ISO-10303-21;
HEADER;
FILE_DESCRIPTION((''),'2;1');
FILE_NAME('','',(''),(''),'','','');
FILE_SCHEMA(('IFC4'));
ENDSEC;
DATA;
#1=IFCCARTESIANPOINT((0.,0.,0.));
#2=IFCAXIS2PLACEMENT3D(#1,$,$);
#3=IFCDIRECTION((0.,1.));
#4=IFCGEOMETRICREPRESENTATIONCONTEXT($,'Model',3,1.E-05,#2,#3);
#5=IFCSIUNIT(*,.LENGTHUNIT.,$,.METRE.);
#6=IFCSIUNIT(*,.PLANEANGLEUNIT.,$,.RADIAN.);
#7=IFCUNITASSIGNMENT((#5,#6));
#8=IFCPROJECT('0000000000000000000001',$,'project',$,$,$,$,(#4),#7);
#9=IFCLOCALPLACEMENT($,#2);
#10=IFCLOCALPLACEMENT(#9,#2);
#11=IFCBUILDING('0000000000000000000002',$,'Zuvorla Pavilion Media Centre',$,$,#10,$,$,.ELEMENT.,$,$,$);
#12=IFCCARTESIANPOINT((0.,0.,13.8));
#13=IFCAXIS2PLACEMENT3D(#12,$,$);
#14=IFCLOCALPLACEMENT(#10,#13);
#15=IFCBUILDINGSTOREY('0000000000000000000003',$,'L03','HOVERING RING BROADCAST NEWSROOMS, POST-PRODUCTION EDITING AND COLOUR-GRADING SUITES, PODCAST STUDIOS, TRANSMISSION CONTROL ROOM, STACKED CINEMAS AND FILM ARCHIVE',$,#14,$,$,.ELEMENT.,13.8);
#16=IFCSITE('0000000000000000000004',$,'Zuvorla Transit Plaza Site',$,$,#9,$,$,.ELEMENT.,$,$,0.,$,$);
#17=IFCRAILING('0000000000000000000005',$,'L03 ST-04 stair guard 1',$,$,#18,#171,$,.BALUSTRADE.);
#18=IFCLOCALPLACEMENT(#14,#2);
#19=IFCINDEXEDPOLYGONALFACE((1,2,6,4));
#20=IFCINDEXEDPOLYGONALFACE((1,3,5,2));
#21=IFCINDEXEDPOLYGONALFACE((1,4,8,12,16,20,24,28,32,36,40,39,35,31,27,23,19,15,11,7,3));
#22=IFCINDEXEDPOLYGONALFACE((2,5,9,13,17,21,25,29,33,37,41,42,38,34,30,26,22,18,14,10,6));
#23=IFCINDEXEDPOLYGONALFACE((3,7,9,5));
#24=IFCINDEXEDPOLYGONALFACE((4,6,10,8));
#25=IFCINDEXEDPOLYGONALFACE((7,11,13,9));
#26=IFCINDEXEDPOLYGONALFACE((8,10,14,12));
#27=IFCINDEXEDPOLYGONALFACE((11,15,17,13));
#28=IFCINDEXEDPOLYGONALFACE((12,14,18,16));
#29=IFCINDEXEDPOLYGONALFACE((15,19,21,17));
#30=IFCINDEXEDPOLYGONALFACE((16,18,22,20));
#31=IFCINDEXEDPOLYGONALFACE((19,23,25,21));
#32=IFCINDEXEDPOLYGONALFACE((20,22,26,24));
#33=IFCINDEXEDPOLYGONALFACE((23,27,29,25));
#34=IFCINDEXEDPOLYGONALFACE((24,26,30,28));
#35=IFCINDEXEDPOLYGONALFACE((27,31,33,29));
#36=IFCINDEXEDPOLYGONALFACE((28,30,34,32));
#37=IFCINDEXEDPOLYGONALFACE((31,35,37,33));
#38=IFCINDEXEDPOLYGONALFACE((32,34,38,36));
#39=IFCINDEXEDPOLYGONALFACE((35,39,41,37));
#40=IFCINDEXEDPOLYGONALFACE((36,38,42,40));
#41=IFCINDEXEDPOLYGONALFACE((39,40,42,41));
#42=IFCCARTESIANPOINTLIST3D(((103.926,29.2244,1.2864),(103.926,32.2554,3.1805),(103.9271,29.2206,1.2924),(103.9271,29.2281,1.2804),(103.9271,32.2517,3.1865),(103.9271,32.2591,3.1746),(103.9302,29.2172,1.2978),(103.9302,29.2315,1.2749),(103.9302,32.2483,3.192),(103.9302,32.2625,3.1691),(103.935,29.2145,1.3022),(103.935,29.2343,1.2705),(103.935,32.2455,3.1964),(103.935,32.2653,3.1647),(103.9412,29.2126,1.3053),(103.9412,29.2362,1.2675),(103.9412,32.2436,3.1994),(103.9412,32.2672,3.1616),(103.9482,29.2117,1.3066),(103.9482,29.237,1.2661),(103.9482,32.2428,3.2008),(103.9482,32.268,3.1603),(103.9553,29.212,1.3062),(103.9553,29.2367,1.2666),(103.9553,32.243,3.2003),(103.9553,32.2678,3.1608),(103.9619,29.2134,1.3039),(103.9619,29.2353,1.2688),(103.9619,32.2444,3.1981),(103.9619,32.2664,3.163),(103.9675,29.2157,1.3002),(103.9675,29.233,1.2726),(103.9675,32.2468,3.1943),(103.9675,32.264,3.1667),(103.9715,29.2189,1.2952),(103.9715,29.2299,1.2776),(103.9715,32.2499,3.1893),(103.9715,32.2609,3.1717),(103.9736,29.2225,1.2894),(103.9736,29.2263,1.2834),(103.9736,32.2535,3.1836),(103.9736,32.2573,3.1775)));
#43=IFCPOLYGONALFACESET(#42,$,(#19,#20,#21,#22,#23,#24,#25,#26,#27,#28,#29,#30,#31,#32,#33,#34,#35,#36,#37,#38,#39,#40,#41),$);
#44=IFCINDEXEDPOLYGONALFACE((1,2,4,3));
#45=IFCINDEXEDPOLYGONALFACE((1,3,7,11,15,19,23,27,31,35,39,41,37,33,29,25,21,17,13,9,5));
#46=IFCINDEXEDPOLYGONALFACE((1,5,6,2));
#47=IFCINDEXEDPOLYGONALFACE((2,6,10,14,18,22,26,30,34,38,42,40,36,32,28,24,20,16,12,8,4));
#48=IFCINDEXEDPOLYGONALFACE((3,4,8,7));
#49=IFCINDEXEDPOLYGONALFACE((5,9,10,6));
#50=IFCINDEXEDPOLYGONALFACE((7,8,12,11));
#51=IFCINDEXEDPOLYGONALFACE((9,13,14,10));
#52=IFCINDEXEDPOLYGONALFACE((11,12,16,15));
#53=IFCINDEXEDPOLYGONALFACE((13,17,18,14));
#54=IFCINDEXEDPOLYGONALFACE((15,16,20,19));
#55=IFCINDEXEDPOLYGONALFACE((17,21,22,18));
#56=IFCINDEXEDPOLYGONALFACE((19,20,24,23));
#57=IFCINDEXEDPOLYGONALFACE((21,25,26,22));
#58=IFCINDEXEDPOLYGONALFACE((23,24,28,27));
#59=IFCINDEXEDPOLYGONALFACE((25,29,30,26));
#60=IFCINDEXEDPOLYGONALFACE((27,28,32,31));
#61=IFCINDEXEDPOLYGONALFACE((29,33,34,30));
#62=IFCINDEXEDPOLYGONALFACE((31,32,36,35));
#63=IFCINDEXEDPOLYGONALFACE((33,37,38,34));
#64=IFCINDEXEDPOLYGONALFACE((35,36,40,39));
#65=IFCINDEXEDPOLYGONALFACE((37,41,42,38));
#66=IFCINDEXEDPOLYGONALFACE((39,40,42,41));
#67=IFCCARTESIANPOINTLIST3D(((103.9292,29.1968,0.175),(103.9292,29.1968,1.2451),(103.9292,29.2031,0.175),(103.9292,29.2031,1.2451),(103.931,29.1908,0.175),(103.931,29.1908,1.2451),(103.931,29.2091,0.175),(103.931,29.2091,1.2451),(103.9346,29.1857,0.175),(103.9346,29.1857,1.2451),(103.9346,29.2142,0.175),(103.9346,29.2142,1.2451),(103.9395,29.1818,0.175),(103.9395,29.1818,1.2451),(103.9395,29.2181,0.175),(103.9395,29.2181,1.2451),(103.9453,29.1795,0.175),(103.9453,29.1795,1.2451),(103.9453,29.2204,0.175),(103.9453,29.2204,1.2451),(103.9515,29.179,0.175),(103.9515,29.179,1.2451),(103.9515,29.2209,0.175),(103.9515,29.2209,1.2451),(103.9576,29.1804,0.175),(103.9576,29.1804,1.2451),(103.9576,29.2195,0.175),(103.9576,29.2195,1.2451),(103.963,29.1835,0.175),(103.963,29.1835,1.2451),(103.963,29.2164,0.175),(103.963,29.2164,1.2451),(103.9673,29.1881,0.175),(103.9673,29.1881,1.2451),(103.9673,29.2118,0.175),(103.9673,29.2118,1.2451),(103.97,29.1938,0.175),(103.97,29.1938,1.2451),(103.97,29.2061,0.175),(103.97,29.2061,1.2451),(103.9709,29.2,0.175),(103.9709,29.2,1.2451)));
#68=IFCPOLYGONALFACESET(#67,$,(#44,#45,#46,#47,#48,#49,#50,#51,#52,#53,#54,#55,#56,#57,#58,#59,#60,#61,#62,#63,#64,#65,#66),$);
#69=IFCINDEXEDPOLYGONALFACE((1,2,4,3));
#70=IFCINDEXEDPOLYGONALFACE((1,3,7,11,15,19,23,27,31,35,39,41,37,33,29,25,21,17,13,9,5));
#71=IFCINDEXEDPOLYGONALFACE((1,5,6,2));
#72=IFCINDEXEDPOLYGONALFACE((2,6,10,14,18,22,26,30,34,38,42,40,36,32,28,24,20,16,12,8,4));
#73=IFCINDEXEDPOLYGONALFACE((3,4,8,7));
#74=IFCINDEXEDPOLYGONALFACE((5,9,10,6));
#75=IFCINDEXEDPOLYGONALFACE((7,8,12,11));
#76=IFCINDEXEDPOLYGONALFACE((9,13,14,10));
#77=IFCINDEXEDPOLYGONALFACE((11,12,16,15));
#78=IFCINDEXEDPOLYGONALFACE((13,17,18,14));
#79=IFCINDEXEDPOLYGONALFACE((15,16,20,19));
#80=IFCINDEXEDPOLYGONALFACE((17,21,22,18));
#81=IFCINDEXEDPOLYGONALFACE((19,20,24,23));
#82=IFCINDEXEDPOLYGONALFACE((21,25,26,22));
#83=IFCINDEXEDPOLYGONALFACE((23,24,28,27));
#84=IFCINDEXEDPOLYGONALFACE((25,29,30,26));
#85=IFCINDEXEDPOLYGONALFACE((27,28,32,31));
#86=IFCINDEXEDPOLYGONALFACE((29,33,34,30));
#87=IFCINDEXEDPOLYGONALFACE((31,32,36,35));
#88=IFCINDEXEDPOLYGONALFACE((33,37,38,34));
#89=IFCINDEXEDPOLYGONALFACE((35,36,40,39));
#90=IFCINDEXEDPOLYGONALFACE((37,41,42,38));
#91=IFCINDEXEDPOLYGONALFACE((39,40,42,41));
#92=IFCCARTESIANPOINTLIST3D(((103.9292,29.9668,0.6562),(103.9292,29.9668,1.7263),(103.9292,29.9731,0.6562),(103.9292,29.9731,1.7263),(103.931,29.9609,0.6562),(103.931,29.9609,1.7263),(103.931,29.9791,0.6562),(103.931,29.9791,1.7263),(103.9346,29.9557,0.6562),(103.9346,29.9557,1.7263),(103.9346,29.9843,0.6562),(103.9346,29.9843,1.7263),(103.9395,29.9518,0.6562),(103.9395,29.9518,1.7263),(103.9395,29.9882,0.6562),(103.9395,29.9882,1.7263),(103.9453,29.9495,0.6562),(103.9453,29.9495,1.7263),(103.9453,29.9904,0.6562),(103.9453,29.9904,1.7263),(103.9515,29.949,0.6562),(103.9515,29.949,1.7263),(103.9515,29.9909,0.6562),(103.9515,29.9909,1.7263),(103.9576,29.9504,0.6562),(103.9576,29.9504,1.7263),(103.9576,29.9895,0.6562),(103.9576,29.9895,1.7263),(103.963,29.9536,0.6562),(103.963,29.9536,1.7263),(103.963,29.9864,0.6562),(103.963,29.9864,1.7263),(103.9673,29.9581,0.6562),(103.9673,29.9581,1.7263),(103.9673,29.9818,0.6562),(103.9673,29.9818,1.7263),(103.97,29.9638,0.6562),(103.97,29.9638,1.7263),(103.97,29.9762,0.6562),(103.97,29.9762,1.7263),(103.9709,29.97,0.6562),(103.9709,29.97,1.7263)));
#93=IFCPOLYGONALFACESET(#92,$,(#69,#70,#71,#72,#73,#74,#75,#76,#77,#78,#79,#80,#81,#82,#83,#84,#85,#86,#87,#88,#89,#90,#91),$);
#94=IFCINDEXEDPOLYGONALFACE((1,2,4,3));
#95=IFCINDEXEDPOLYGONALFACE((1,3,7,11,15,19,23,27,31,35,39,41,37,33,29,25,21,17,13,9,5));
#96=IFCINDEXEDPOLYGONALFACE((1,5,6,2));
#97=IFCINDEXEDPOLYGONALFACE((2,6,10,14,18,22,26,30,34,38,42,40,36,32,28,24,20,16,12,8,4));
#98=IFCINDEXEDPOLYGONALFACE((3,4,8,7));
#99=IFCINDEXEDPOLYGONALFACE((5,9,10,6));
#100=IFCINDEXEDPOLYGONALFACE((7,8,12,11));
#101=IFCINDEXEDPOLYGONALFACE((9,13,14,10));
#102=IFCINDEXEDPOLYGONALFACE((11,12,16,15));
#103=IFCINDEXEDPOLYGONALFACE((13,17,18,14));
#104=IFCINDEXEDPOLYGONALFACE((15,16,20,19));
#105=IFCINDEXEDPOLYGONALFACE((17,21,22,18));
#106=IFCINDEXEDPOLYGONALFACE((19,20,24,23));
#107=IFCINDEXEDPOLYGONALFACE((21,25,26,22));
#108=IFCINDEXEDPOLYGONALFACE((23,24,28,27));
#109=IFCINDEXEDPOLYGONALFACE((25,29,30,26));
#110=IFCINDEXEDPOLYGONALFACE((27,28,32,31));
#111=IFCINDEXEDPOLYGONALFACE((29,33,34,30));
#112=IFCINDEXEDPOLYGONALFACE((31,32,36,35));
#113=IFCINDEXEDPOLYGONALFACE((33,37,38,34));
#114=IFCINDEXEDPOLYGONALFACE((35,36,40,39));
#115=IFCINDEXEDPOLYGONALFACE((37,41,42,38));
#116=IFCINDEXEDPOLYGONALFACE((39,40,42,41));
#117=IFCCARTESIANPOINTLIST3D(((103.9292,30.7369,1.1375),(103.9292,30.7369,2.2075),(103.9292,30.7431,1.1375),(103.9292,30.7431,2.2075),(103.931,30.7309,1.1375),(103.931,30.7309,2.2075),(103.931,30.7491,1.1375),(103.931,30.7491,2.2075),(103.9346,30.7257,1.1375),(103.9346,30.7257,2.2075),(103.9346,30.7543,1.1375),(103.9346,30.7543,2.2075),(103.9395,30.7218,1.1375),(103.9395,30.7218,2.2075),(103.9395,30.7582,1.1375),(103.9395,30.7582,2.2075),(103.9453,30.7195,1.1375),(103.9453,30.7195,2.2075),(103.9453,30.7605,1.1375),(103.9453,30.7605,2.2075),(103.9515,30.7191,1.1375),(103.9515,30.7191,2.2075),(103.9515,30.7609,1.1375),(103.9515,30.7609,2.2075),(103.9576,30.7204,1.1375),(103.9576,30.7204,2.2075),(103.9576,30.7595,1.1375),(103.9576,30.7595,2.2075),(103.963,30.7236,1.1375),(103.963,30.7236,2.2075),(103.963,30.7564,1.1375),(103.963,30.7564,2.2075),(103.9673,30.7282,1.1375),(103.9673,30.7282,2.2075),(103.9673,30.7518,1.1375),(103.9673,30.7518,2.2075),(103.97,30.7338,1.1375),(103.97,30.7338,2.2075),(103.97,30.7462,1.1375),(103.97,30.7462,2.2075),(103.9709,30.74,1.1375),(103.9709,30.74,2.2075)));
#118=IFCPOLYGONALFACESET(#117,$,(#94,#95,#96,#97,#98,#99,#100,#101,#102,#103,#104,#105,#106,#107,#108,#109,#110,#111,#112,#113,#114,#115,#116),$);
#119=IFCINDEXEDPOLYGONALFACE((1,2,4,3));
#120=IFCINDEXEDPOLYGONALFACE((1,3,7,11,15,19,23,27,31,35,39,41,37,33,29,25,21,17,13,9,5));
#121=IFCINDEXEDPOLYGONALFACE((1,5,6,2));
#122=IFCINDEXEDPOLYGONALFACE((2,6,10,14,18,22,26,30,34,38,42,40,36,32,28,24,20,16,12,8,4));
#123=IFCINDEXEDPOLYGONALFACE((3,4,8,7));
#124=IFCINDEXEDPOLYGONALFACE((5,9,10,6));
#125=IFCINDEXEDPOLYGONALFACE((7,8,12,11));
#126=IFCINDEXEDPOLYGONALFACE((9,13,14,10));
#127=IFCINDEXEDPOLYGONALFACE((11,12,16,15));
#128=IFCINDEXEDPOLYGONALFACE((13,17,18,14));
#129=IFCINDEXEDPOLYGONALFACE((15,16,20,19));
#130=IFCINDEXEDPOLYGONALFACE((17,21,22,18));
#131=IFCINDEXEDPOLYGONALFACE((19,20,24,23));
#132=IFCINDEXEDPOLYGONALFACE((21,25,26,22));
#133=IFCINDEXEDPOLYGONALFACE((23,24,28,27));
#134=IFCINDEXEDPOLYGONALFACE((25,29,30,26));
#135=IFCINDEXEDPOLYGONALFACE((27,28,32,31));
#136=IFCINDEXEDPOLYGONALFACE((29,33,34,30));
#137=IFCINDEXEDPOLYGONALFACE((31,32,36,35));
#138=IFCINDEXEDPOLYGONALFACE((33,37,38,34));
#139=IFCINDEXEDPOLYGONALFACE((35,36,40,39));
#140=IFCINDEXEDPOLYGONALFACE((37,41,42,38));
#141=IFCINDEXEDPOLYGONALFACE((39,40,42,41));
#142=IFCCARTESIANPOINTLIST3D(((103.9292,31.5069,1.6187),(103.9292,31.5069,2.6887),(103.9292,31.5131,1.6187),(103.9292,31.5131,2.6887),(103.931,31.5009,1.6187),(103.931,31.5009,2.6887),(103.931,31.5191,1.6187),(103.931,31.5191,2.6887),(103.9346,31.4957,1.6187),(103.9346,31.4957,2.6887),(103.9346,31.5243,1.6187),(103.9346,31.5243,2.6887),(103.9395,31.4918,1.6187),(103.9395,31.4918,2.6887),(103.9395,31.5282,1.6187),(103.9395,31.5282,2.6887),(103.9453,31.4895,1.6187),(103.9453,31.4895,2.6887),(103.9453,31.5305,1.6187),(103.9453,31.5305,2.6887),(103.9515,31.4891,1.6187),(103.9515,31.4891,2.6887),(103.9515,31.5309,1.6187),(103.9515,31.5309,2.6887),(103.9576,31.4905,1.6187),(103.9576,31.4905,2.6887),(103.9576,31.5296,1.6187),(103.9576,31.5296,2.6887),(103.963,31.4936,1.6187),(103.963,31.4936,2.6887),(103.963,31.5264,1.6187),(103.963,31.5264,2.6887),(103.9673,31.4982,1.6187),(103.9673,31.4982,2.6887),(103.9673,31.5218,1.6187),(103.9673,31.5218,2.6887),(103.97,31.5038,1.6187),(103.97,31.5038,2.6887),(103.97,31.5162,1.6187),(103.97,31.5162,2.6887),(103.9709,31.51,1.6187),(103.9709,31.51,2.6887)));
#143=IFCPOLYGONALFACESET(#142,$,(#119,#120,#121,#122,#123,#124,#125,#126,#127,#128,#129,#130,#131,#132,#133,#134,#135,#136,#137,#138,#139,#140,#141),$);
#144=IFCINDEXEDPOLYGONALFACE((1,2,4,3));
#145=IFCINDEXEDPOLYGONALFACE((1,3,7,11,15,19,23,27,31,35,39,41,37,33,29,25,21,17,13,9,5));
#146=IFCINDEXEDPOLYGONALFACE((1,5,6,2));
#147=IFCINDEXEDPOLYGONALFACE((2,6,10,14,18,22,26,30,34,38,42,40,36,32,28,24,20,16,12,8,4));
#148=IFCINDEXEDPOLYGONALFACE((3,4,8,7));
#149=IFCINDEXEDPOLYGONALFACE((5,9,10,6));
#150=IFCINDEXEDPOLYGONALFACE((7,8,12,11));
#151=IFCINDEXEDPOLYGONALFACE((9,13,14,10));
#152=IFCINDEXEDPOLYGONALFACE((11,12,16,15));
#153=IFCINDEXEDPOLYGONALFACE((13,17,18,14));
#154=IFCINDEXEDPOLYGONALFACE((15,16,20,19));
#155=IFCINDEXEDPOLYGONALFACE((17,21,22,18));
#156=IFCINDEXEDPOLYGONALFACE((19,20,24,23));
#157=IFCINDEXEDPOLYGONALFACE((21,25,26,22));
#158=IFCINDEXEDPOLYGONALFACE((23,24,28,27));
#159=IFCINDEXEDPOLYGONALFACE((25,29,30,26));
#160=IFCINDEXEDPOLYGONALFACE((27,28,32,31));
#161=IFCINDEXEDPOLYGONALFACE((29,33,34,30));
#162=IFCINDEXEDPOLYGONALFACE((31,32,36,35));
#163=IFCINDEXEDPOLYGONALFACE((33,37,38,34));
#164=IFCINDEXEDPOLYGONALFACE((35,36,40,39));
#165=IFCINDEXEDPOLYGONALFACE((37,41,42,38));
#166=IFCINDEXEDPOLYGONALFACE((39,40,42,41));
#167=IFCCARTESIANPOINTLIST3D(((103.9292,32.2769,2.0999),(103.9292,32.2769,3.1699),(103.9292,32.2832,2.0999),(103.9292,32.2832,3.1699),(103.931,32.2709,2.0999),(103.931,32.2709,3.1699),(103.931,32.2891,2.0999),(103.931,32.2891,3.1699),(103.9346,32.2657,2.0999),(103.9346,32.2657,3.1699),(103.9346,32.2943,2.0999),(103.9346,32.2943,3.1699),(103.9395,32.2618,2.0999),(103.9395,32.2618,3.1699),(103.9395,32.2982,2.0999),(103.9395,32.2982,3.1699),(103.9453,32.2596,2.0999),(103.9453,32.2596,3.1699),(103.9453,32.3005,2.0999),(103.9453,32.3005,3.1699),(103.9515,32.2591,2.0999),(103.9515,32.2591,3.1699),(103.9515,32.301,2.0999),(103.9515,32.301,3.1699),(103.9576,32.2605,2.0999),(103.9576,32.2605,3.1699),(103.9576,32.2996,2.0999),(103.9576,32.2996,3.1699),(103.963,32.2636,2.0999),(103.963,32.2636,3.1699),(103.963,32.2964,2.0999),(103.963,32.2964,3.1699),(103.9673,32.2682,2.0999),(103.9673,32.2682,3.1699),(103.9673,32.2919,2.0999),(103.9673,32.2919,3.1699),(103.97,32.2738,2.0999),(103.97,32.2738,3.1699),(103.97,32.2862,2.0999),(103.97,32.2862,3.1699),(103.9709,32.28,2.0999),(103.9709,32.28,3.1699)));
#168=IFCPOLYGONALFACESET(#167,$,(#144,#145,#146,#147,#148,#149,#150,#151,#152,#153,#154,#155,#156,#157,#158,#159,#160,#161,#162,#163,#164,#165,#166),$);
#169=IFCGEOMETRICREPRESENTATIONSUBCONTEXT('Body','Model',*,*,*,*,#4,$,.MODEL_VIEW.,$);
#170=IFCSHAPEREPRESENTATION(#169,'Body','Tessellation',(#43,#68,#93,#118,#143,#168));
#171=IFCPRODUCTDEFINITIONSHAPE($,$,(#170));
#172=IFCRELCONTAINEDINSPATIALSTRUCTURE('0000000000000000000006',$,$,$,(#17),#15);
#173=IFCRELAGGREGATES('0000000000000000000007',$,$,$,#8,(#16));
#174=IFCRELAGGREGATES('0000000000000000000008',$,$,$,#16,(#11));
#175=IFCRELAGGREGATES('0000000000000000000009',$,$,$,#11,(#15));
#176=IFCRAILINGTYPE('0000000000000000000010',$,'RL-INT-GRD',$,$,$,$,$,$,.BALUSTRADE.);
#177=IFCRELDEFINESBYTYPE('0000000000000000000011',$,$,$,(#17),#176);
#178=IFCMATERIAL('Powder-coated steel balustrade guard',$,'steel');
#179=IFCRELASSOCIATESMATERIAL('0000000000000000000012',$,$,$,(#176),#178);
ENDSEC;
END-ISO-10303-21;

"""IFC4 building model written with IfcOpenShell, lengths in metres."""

from ifc_helpers import new_model, si_unit, direction, frame, origin, origin_2d, place, context, subcontext, project, spatial, circle, extrude, material, type_object, element, save


model = new_model("IFC4")

# Units and contexts
model_context = context("Model", 3, precision=1e-05, world=origin(), true_north=direction((0.0, 1.0)))
body_context = subcontext(model_context, "Body", "Model", "MODEL_VIEW")
ifc_project = project(units=[si_unit("LENGTHUNIT", "METRE"), si_unit("PLANEANGLEUNIT", "RADIAN")], contexts=[model_context])

# Site, building, storey
site_placement = place(None, origin())
site = spatial("IfcSite", under=ifc_project, at=site_placement, Name="Zuvorla Transit Plaza Site", CompositionType="ELEMENT", RefElevation=0.0)
building_placement = place(site_placement, origin())
building = spatial("IfcBuilding", under=site, at=building_placement, Name="Zuvorla Pavilion Media Centre", CompositionType="ELEMENT")
storey_placement = place(building_placement, frame((0.0, 0.0, 13.8)))
storey = spatial("IfcBuildingStorey", under=building, at=storey_placement, Name="L03", Description="HOVERING RING BROADCAST NEWSROOMS, POST-PRODUCTION EDITING AND COLOUR-GRADING SUITES, PODCAST STUDIOS, TRANSMISSION CONTROL ROOM, STACKED CINEMAS AND FILM ARCHIVE", CompositionType="ELEMENT", Elevation=13.8)

# Railing
ifc_material_1 = material(Name="Powder-coated steel balustrade guard", Category="steel")
railing_type_1 = type_object("IfcRailingType", Name="RL-INT-GRD", PredefinedType="BALUSTRADE", material=ifc_material_1)
railing_1_placement = place(storey_placement, frame((103.95, 29.2, 0.175)))
element("IfcRailing", 1, at=railing_1_placement, inside=storey, type_object=railing_type_1, Name="L03 ST-04 stair guard 1", PredefinedType="BALUSTRADE", context=body_context, shape_type="SweptSolid", body=[
    extrude(circle(Radius=0.0239, at=origin_2d()), frame((0.0, 0.0244, 1.1113), z_axis=(0.0, 0.848029, 0.529951), x_axis=(-1.0, 0.0, 0.0)), (0.0, 0.0, 1.0), 3.5742),
    extrude(circle(Radius=0.021, at=origin_2d()), origin(), (0.0, 0.0, 1.0), 1.0701),
    extrude(circle(Radius=0.021, at=origin_2d()), frame((0.0, 0.77, 0.4812)), (0.0, 0.0, 1.0), 1.0701),
    extrude(circle(Radius=0.021, at=origin_2d()), frame((0.0, 1.54, 0.9624)), (0.0, 0.0, 1.0), 1.0701),
    extrude(circle(Radius=0.021, at=origin_2d()), frame((0.0, 2.3101, 1.4436)), (0.0, 0.0, 1.0), 1.0701),
    extrude(circle(Radius=0.021, at=origin_2d()), frame((0.0, 3.0801, 1.9248)), (0.0, 0.0, 1.0), 1.0701),
])

save(model, "model.ifc")
